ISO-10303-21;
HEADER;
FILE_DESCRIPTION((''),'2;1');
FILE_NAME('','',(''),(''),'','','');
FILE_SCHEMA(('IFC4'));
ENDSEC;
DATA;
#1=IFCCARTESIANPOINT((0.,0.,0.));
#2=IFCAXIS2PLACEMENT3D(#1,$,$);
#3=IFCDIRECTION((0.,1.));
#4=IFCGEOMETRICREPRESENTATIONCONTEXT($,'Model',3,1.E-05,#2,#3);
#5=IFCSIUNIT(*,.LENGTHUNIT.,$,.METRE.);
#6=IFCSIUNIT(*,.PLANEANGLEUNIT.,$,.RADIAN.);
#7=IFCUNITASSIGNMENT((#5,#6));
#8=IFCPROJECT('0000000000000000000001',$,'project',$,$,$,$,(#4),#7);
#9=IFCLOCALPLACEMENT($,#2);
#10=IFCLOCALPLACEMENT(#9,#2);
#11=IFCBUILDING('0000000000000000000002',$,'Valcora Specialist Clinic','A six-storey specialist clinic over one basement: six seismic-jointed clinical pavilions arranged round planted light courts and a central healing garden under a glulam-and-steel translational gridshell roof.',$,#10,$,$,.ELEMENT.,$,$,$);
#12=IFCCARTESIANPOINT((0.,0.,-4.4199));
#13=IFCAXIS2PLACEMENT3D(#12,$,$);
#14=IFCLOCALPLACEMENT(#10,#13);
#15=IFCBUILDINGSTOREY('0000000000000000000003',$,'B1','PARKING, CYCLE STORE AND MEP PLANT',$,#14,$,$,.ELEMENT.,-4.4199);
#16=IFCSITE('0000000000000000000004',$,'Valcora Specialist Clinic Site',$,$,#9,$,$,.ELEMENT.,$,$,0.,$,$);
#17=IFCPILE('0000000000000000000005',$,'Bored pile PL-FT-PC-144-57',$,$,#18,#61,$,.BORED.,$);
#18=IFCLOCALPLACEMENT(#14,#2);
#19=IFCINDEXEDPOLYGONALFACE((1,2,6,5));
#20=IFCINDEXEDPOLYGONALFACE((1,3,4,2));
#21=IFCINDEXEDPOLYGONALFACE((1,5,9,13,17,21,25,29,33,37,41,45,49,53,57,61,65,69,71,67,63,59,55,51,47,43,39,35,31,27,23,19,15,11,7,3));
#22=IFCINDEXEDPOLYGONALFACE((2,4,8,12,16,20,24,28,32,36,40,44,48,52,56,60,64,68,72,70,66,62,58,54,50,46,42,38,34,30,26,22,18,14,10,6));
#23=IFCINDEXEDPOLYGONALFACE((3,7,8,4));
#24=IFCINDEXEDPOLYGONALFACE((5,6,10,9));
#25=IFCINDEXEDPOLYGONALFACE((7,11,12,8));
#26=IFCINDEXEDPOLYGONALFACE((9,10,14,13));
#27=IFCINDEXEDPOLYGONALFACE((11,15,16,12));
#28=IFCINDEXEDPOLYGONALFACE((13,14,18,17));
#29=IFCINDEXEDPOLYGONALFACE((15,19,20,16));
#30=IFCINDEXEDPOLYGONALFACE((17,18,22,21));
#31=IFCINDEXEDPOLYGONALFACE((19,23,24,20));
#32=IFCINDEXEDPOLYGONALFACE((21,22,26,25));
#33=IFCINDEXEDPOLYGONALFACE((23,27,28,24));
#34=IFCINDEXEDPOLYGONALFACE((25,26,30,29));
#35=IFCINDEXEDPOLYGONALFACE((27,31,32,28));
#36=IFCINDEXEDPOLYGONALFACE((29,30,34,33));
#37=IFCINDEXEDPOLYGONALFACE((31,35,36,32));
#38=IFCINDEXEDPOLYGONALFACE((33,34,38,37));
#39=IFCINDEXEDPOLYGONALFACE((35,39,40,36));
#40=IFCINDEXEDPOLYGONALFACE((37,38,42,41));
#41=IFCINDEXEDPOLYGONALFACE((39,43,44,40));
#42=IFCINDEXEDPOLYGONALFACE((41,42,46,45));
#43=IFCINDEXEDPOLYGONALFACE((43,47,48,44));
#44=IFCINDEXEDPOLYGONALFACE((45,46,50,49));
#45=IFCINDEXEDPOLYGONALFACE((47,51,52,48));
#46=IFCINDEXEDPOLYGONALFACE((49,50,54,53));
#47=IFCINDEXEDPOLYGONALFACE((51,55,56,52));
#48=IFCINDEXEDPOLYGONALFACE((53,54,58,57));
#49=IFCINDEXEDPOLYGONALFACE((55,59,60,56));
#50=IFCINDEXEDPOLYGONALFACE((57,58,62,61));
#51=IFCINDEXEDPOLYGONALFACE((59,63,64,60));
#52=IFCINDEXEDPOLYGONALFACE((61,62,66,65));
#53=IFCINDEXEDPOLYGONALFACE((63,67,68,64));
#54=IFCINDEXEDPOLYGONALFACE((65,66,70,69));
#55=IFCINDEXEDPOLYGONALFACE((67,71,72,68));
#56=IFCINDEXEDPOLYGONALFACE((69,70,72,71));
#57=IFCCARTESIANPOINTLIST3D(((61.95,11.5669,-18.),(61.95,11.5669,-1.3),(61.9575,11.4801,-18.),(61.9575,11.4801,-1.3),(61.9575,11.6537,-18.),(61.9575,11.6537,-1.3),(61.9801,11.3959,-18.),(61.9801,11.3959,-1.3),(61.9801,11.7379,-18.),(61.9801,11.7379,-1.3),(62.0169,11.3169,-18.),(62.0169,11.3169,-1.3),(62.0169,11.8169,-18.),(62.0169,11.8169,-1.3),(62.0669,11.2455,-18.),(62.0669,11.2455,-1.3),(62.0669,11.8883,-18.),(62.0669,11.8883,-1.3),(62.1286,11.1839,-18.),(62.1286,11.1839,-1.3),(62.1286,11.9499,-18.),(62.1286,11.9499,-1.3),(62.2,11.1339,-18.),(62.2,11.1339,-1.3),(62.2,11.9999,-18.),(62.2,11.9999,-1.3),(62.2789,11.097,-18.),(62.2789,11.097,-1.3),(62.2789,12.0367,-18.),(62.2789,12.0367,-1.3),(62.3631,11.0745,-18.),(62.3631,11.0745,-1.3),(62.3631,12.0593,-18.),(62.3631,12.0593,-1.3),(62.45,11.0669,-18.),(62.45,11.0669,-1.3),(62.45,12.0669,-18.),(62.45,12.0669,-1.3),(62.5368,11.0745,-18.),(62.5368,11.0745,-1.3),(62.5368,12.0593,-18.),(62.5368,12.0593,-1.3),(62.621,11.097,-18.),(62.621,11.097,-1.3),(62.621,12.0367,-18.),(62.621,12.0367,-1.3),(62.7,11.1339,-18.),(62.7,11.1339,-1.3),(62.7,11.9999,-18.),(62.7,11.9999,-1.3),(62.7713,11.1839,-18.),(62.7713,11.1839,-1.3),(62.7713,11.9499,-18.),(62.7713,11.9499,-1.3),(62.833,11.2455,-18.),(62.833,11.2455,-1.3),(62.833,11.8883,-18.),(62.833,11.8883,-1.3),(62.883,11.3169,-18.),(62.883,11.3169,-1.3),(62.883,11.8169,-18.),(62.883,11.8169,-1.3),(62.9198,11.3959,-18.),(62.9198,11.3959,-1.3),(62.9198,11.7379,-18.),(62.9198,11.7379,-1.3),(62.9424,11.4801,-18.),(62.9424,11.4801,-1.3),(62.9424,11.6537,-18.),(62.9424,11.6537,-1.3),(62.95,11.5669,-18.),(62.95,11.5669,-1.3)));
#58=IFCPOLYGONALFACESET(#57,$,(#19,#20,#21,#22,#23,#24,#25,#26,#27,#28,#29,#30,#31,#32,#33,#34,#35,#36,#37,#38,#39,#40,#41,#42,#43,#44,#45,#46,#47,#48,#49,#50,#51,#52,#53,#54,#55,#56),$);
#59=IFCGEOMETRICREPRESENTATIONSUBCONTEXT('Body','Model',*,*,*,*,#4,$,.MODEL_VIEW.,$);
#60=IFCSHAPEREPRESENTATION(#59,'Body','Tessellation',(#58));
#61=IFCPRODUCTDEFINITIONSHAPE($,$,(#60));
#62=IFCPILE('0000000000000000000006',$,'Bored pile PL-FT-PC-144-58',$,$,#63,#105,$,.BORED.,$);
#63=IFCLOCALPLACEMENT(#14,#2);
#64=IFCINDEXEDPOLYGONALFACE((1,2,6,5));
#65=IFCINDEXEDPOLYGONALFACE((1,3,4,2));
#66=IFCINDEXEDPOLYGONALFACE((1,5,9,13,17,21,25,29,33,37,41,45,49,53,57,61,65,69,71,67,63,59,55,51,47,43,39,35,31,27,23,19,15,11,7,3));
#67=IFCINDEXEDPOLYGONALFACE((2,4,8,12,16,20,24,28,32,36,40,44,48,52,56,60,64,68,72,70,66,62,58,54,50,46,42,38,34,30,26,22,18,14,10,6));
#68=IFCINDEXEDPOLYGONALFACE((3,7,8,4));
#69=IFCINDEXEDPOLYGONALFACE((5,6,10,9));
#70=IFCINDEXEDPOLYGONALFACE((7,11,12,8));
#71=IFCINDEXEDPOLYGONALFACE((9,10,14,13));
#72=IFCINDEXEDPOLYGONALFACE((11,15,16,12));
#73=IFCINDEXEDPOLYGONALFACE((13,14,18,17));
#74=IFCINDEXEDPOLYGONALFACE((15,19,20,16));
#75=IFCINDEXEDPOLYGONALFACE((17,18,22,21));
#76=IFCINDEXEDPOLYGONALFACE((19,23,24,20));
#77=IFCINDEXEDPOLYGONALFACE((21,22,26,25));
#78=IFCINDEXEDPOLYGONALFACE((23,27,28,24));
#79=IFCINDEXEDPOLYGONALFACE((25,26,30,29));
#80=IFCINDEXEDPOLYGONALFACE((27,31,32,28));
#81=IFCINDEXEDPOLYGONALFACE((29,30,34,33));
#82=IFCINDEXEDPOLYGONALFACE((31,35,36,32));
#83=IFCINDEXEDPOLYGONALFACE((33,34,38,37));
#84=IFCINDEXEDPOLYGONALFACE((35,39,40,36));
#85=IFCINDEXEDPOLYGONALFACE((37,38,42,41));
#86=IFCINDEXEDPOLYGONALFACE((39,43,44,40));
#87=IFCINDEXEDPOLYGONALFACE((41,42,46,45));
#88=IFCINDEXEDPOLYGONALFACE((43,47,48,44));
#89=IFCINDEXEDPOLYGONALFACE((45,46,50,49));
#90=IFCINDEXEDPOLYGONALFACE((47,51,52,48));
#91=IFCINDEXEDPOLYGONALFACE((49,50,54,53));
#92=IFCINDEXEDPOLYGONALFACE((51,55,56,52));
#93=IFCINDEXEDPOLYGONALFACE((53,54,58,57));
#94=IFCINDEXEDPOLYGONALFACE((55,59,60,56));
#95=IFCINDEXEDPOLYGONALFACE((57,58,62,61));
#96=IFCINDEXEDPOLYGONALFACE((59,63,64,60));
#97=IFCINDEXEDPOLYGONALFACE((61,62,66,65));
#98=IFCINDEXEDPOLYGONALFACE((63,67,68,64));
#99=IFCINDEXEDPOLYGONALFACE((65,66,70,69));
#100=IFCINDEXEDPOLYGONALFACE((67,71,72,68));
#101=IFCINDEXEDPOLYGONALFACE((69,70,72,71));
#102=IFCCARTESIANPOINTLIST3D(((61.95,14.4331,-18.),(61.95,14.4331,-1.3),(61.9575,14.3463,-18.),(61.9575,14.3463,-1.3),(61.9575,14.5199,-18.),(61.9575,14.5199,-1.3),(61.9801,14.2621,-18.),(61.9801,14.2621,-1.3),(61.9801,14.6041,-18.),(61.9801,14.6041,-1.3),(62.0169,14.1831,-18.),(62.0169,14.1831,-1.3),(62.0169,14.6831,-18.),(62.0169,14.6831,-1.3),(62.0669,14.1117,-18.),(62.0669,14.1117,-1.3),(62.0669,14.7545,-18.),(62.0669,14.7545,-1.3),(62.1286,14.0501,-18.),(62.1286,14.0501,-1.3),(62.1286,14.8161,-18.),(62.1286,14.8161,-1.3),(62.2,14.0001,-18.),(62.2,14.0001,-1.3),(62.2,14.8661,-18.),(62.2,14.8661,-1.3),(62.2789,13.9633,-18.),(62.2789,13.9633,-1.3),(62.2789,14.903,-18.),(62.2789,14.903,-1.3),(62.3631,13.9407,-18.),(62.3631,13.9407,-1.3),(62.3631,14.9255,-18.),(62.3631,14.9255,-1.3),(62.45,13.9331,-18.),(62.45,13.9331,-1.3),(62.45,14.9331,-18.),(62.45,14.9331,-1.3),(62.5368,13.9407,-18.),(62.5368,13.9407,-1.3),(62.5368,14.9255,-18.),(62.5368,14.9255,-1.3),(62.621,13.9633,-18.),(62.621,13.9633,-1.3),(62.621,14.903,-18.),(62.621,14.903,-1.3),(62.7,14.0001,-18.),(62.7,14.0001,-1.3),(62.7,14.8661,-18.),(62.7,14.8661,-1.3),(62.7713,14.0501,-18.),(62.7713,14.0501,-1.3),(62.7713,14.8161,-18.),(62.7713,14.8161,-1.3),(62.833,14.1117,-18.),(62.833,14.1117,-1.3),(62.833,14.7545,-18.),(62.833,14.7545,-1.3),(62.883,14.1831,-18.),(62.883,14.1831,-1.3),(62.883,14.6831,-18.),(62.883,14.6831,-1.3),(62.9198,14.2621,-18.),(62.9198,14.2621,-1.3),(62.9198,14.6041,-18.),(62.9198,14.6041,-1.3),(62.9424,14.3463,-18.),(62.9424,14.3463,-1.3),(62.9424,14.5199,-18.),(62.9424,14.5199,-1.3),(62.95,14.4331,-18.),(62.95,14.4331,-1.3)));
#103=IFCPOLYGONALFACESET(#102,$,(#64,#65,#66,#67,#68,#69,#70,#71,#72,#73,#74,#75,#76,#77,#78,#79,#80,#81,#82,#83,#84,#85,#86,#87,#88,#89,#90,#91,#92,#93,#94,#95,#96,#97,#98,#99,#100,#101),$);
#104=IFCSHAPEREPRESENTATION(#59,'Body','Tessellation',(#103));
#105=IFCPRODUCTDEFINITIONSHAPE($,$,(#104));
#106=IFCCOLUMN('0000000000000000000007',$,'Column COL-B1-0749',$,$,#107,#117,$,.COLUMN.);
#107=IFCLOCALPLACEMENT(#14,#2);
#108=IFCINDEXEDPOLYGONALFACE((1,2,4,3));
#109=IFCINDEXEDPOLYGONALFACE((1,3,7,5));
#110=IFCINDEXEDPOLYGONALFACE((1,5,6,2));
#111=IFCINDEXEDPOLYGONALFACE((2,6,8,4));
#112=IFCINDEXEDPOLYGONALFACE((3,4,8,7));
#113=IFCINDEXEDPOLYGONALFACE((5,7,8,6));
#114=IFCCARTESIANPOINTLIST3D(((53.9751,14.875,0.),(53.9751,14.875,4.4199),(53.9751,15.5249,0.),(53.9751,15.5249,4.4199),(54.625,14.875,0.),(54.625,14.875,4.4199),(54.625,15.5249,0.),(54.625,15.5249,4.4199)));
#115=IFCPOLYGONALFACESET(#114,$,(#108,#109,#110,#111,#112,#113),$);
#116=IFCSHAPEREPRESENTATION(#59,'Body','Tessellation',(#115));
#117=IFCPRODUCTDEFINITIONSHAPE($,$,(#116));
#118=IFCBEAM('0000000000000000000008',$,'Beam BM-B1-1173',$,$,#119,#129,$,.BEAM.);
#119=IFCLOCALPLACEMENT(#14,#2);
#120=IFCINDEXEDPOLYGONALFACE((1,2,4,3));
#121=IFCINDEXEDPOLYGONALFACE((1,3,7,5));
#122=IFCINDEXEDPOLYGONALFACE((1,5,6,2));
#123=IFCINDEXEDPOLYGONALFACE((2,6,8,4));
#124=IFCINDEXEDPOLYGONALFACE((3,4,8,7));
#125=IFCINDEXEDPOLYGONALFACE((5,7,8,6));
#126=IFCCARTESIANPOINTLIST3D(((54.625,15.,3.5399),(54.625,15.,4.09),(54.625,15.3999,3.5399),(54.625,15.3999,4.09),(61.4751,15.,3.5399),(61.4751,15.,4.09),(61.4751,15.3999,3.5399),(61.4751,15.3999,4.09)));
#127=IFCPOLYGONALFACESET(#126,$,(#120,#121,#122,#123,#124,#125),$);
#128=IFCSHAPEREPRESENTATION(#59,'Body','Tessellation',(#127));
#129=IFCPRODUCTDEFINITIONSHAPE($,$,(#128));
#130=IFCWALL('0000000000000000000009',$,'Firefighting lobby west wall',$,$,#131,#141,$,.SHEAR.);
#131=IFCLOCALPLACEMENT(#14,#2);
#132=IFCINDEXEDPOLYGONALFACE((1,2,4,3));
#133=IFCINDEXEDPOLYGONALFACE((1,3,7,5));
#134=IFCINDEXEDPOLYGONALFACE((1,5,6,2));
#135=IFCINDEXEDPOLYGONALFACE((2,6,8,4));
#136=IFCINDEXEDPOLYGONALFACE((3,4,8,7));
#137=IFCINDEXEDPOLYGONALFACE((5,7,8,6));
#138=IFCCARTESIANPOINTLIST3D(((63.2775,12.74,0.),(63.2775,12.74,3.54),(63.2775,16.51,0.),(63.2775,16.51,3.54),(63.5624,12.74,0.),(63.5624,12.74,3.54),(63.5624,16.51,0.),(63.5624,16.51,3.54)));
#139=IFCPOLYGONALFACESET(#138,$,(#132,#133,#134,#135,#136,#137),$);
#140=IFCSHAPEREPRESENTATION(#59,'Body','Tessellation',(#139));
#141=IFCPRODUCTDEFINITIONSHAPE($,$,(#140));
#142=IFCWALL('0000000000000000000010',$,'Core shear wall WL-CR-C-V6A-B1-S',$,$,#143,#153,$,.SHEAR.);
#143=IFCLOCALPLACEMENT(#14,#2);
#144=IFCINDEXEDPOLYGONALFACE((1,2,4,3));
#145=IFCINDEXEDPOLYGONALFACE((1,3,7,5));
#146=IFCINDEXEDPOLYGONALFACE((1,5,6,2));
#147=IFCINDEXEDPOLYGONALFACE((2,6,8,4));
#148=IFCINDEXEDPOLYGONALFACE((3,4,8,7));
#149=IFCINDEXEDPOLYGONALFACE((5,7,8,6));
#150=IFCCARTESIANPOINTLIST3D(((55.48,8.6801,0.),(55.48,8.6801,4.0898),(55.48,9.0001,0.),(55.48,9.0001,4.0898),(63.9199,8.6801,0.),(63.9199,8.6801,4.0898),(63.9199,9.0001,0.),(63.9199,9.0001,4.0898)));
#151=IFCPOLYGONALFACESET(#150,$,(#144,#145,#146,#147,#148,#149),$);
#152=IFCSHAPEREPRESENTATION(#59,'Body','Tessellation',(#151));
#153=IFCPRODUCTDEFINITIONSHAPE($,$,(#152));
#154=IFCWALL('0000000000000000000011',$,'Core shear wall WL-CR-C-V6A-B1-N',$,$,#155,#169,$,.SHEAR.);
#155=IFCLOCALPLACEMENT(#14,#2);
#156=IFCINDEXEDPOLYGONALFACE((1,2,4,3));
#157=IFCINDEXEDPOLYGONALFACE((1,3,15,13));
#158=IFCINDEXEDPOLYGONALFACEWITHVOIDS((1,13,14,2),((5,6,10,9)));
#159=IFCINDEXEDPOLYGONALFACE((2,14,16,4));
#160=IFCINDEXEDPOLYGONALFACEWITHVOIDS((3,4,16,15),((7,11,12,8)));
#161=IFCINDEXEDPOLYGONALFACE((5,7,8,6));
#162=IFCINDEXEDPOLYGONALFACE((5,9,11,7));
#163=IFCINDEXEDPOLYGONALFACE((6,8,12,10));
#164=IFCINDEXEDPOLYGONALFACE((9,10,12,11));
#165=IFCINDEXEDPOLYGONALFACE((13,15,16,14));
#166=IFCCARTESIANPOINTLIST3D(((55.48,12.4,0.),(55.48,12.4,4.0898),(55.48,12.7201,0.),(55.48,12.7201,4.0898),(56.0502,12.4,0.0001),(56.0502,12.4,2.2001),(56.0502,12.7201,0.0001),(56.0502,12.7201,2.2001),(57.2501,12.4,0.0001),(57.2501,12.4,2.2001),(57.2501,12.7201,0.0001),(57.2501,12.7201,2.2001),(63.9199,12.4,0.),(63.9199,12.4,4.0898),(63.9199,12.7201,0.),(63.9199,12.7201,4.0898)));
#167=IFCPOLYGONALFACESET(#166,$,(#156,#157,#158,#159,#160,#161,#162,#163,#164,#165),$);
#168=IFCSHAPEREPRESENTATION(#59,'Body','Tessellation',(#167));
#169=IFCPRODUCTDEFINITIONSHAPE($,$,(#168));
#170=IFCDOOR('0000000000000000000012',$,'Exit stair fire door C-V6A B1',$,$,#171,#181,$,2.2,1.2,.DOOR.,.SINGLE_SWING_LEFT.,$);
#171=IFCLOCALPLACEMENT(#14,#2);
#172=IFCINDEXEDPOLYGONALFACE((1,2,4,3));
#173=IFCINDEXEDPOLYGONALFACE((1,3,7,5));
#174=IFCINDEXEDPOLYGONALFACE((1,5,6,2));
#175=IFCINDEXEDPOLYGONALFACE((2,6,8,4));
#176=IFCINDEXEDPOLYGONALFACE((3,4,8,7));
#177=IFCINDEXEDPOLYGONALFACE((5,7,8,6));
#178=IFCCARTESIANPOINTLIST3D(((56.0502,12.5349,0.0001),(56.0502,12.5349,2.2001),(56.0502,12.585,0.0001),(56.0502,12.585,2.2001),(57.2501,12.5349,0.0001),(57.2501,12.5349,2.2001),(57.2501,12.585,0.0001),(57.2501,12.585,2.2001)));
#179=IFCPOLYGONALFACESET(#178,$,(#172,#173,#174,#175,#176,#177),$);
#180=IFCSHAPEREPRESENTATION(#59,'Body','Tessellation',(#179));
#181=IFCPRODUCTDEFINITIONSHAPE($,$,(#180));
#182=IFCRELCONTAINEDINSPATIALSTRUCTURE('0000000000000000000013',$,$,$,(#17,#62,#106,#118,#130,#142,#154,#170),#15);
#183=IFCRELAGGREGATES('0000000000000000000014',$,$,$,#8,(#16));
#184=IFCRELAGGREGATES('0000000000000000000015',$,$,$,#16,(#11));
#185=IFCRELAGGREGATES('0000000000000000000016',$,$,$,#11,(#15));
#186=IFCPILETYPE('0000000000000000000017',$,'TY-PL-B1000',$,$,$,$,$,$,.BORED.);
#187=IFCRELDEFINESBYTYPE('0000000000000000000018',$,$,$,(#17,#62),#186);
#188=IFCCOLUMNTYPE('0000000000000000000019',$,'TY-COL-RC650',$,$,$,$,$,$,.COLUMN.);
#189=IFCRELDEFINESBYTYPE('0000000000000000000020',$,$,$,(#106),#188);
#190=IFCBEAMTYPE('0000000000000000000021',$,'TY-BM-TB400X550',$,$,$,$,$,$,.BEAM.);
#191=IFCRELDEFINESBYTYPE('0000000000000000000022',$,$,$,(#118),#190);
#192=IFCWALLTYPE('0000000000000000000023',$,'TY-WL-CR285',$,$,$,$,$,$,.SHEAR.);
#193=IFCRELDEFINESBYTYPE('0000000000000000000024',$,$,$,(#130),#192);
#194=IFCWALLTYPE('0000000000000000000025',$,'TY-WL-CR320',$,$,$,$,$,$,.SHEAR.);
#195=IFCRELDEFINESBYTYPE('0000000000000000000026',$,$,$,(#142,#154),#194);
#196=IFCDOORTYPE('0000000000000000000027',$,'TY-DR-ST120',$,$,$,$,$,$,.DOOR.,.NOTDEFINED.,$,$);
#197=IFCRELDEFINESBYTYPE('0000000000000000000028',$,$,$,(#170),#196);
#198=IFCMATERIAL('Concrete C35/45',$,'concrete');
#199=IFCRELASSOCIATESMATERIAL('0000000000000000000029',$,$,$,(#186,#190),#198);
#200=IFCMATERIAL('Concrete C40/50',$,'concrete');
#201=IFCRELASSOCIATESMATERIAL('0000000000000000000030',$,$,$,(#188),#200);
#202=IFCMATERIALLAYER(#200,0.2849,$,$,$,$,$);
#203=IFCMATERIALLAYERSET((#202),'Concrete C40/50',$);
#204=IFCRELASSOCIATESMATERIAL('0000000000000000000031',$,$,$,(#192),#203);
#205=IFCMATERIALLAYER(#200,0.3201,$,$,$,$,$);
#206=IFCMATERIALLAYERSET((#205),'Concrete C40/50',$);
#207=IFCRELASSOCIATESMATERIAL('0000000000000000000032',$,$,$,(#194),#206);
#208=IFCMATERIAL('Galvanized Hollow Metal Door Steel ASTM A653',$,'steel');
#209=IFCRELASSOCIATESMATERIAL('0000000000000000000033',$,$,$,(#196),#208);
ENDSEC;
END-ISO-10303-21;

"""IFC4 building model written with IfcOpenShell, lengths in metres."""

from ifc_helpers import new_model, si_unit, direction, frame, frame_2d, origin, origin_2d, place, context, subcontext, project, spatial, rectangle, circle, extrude, material, layer, layer_set, material_profile, profile_set, type_object, element, fill, save


model = new_model("IFC4")

# Units and contexts
model_context = context("Model", 3, precision=1e-05, world=origin(), true_north=direction((0.0, 1.0)))
body_context = subcontext(model_context, "Body", "Model", "MODEL_VIEW")
ifc_project = project(units=[si_unit("LENGTHUNIT", "METRE"), si_unit("PLANEANGLEUNIT", "RADIAN")], contexts=[model_context])

# Site, building, storey
site_placement = place(None, origin())
site = spatial("IfcSite", under=ifc_project, at=site_placement, Name="Valcora Specialist Clinic Site", CompositionType="ELEMENT", RefElevation=0.0)
building_placement = place(site_placement, origin())
building = spatial("IfcBuilding", under=site, at=building_placement, Name="Valcora Specialist Clinic", Description="A six-storey specialist clinic over one basement: six seismic-jointed clinical pavilions arranged round planted light courts and a central healing garden under a glulam-and-steel translational gridshell roof.", CompositionType="ELEMENT")
storey_placement = place(building_placement, frame((0.0, 0.0, -4.4199)))
storey = spatial("IfcBuildingStorey", under=building, at=storey_placement, Name="B1", Description="PARKING, CYCLE STORE AND MEP PLANT", CompositionType="ELEMENT", Elevation=-4.4199)

# Piles
ifc_material_1 = material(Name="Concrete C35/45", Category="concrete")
ifc_material_profile_1 = material_profile(ifc_material_1, circle(Radius=0.5, at=origin_2d()), Name="RC-PIL-D1000")
ifc_profile_set_1 = profile_set([ifc_material_profile_1], Name="Concrete C35/45")
pile_type = type_object("IfcPileType", Name="TY-PL-B1000", PredefinedType="BORED", material=ifc_profile_set_1)
for number, where, z_axis, x_axis, name in (
    (1, (62.45, 11.5669, -1.3), (0.0, 0.0, -1.0), (1.0, 0.0, 0.0), "Bored pile PL-FT-PC-144-57"),
    (2, (62.45, 14.4331, -1.3), (0.0, 0.0, -1.0), (1.0, 0.0, 0.0), "Bored pile PL-FT-PC-144-58"),
):
    element("IfcPile", number, at=place(storey_placement, frame(where, z_axis=z_axis, x_axis=x_axis)), inside=storey, type_object=pile_type, Name=name, PredefinedType="BORED", context=body_context, shape_type="SweptSolid", body=[
        extrude(circle(Radius=0.5, at=origin_2d()), origin(), (0.0, 0.0, 1.0), 16.7),
    ])

# Column
ifc_material_2 = material(Name="Concrete C40/50", Category="concrete")
ifc_material_profile_2 = material_profile(ifc_material_2, rectangle(XDim=0.6499, YDim=0.6499, at=origin_2d()), Name="RC-COL-650X650")
ifc_profile_set_2 = profile_set([ifc_material_profile_2], Name="Concrete C40/50")
column_type = type_object("IfcColumnType", Name="TY-COL-RC650", PredefinedType="COLUMN", material=ifc_profile_set_2)
column_placement = place(storey_placement, frame((54.3, 15.2, 0.0), z_axis=(0.0, 0.0, 1.0), x_axis=(1.0, 0.0, 0.0)))
element("IfcColumn", 3, at=column_placement, inside=storey, type_object=column_type, Name="Column COL-B1-0749", PredefinedType="COLUMN", context=body_context, shape_type="SweptSolid", body=[
    extrude(rectangle(XDim=0.6499, YDim=0.6499, at=origin_2d()), origin(), (0.0, 0.0, 1.0), 4.4199),
])

# Beam
ifc_material_profile_3 = material_profile(ifc_material_1, rectangle(XDim=0.3999, YDim=0.55, at=origin_2d()), Name="RC-TB-400X550")
ifc_profile_set_3 = profile_set([ifc_material_profile_3], Name="Concrete C35/45")
beam_type = type_object("IfcBeamType", Name="TY-BM-TB400X550", PredefinedType="BEAM", material=ifc_profile_set_3)
beam_placement = place(storey_placement, frame((54.625, 15.2, 3.8149), z_axis=(1.0, 0.0, 0.0), x_axis=(0.0, 1.0, 0.0)))
element("IfcBeam", 4, at=beam_placement, inside=storey, type_object=beam_type, Name="Beam BM-B1-1173", PredefinedType="BEAM", context=body_context, shape_type="SweptSolid", body=[
    extrude(rectangle(XDim=0.3999, YDim=0.55, at=origin_2d()), origin(), (0.0, 0.0, 1.0), 6.8501),
])

# Walls
ifc_layer_1 = layer(ifc_material_2, 0.2849)
ifc_layer_set_1 = layer_set([ifc_layer_1], Name="Concrete C40/50")
wall_type_1 = type_object("IfcWallType", Name="TY-WL-CR285", PredefinedType="SHEAR", material=ifc_layer_set_1)
wall_1_placement = place(storey_placement, frame((63.4199, 12.74, 0.0), z_axis=(0.0, 0.0, 1.0), x_axis=(0.0, 1.0, 0.0)))
element("IfcWall", 5, at=wall_1_placement, inside=storey, type_object=wall_type_1, Name="Firefighting lobby west wall", PredefinedType="SHEAR", context=body_context, shape_type="SweptSolid", body=[
    extrude(rectangle(XDim=3.77, YDim=0.2849, at=frame_2d((1.885, 0.0))), origin(), (0.0, 0.0, 1.0), 3.54),
])
ifc_layer_2 = layer(ifc_material_2, 0.3201)
ifc_layer_set_2 = layer_set([ifc_layer_2], Name="Concrete C40/50")
wall_type_2 = type_object("IfcWallType", Name="TY-WL-CR320", PredefinedType="SHEAR", material=ifc_layer_set_2)
wall_2_placement = place(storey_placement, frame((55.48, 8.8401, 0.0), z_axis=(0.0, 0.0, 1.0), x_axis=(1.0, 0.0, 0.0)))
element("IfcWall", 6, at=wall_2_placement, inside=storey, type_object=wall_type_2, Name="Core shear wall WL-CR-C-V6A-B1-S", PredefinedType="SHEAR", context=body_context, shape_type="SweptSolid", body=[
    extrude(rectangle(XDim=8.4399, YDim=0.3201, at=frame_2d((4.22, 0.0))), origin(), (0.0, 0.0, 1.0), 4.0898),
])

# Wall, opening, door
wall_3_placement = place(storey_placement, frame((55.48, 12.5601, 0.0), z_axis=(0.0, 0.0, 1.0), x_axis=(1.0, 0.0, 0.0)))
wall_3 = element("IfcWall", 7, at=wall_3_placement, inside=storey, type_object=wall_type_2, Name="Core shear wall WL-CR-C-V6A-B1-N", PredefinedType="SHEAR", context=body_context, shape_type="SweptSolid", body=[
    extrude(rectangle(XDim=8.4399, YDim=0.3201, at=frame_2d((4.22, 0.0))), origin(), (0.0, 0.0, 1.0), 4.0898),
])
opening_1_placement = place(wall_3_placement, frame((0.5701, 0.0, 0.0)))
opening_1 = element("IfcOpeningElement", 8, at=opening_1_placement, cuts=wall_3, PredefinedType="OPENING", context=body_context, shape_type="SweptSolid", body=[
    extrude(rectangle(XDim=1.2, YDim=2.2, at=frame_2d((0.6001, 1.1001))), frame((0.0, 0.1699, 0.0), z_axis=(0.0, -1.0, 0.0), x_axis=(1.0, 0.0, 0.0)), (0.0, 0.0, 1.0), 0.3401),
])
ifc_material_3 = material(Name="Galvanized Hollow Metal Door Steel ASTM A653", Category="steel")
door_type_1 = type_object("IfcDoorType", Name="TY-DR-ST120", OperationType="NOTDEFINED", PredefinedType="DOOR", material=ifc_material_3)
door_1_placement = place(opening_1_placement, origin())
door_1 = element("IfcDoor", 9, at=door_1_placement, inside=storey, type_object=door_type_1, Name="Exit stair fire door C-V6A B1", OperationType="SINGLE_SWING_LEFT", OverallHeight=2.2, OverallWidth=1.2, PredefinedType="DOOR", context=body_context, shape_type="SweptSolid", body=[
    extrude(rectangle(XDim=1.2, YDim=2.2, at=frame_2d((0.6001, 1.1001))), frame((0.0, 0.0249, 0.0), z_axis=(0.0, -1.0, 0.0), x_axis=(1.0, 0.0, 0.0)), (0.0, 0.0, 1.0), 0.05),
])
fill(opening_1, door_1)

save(model, "model.ifc")
